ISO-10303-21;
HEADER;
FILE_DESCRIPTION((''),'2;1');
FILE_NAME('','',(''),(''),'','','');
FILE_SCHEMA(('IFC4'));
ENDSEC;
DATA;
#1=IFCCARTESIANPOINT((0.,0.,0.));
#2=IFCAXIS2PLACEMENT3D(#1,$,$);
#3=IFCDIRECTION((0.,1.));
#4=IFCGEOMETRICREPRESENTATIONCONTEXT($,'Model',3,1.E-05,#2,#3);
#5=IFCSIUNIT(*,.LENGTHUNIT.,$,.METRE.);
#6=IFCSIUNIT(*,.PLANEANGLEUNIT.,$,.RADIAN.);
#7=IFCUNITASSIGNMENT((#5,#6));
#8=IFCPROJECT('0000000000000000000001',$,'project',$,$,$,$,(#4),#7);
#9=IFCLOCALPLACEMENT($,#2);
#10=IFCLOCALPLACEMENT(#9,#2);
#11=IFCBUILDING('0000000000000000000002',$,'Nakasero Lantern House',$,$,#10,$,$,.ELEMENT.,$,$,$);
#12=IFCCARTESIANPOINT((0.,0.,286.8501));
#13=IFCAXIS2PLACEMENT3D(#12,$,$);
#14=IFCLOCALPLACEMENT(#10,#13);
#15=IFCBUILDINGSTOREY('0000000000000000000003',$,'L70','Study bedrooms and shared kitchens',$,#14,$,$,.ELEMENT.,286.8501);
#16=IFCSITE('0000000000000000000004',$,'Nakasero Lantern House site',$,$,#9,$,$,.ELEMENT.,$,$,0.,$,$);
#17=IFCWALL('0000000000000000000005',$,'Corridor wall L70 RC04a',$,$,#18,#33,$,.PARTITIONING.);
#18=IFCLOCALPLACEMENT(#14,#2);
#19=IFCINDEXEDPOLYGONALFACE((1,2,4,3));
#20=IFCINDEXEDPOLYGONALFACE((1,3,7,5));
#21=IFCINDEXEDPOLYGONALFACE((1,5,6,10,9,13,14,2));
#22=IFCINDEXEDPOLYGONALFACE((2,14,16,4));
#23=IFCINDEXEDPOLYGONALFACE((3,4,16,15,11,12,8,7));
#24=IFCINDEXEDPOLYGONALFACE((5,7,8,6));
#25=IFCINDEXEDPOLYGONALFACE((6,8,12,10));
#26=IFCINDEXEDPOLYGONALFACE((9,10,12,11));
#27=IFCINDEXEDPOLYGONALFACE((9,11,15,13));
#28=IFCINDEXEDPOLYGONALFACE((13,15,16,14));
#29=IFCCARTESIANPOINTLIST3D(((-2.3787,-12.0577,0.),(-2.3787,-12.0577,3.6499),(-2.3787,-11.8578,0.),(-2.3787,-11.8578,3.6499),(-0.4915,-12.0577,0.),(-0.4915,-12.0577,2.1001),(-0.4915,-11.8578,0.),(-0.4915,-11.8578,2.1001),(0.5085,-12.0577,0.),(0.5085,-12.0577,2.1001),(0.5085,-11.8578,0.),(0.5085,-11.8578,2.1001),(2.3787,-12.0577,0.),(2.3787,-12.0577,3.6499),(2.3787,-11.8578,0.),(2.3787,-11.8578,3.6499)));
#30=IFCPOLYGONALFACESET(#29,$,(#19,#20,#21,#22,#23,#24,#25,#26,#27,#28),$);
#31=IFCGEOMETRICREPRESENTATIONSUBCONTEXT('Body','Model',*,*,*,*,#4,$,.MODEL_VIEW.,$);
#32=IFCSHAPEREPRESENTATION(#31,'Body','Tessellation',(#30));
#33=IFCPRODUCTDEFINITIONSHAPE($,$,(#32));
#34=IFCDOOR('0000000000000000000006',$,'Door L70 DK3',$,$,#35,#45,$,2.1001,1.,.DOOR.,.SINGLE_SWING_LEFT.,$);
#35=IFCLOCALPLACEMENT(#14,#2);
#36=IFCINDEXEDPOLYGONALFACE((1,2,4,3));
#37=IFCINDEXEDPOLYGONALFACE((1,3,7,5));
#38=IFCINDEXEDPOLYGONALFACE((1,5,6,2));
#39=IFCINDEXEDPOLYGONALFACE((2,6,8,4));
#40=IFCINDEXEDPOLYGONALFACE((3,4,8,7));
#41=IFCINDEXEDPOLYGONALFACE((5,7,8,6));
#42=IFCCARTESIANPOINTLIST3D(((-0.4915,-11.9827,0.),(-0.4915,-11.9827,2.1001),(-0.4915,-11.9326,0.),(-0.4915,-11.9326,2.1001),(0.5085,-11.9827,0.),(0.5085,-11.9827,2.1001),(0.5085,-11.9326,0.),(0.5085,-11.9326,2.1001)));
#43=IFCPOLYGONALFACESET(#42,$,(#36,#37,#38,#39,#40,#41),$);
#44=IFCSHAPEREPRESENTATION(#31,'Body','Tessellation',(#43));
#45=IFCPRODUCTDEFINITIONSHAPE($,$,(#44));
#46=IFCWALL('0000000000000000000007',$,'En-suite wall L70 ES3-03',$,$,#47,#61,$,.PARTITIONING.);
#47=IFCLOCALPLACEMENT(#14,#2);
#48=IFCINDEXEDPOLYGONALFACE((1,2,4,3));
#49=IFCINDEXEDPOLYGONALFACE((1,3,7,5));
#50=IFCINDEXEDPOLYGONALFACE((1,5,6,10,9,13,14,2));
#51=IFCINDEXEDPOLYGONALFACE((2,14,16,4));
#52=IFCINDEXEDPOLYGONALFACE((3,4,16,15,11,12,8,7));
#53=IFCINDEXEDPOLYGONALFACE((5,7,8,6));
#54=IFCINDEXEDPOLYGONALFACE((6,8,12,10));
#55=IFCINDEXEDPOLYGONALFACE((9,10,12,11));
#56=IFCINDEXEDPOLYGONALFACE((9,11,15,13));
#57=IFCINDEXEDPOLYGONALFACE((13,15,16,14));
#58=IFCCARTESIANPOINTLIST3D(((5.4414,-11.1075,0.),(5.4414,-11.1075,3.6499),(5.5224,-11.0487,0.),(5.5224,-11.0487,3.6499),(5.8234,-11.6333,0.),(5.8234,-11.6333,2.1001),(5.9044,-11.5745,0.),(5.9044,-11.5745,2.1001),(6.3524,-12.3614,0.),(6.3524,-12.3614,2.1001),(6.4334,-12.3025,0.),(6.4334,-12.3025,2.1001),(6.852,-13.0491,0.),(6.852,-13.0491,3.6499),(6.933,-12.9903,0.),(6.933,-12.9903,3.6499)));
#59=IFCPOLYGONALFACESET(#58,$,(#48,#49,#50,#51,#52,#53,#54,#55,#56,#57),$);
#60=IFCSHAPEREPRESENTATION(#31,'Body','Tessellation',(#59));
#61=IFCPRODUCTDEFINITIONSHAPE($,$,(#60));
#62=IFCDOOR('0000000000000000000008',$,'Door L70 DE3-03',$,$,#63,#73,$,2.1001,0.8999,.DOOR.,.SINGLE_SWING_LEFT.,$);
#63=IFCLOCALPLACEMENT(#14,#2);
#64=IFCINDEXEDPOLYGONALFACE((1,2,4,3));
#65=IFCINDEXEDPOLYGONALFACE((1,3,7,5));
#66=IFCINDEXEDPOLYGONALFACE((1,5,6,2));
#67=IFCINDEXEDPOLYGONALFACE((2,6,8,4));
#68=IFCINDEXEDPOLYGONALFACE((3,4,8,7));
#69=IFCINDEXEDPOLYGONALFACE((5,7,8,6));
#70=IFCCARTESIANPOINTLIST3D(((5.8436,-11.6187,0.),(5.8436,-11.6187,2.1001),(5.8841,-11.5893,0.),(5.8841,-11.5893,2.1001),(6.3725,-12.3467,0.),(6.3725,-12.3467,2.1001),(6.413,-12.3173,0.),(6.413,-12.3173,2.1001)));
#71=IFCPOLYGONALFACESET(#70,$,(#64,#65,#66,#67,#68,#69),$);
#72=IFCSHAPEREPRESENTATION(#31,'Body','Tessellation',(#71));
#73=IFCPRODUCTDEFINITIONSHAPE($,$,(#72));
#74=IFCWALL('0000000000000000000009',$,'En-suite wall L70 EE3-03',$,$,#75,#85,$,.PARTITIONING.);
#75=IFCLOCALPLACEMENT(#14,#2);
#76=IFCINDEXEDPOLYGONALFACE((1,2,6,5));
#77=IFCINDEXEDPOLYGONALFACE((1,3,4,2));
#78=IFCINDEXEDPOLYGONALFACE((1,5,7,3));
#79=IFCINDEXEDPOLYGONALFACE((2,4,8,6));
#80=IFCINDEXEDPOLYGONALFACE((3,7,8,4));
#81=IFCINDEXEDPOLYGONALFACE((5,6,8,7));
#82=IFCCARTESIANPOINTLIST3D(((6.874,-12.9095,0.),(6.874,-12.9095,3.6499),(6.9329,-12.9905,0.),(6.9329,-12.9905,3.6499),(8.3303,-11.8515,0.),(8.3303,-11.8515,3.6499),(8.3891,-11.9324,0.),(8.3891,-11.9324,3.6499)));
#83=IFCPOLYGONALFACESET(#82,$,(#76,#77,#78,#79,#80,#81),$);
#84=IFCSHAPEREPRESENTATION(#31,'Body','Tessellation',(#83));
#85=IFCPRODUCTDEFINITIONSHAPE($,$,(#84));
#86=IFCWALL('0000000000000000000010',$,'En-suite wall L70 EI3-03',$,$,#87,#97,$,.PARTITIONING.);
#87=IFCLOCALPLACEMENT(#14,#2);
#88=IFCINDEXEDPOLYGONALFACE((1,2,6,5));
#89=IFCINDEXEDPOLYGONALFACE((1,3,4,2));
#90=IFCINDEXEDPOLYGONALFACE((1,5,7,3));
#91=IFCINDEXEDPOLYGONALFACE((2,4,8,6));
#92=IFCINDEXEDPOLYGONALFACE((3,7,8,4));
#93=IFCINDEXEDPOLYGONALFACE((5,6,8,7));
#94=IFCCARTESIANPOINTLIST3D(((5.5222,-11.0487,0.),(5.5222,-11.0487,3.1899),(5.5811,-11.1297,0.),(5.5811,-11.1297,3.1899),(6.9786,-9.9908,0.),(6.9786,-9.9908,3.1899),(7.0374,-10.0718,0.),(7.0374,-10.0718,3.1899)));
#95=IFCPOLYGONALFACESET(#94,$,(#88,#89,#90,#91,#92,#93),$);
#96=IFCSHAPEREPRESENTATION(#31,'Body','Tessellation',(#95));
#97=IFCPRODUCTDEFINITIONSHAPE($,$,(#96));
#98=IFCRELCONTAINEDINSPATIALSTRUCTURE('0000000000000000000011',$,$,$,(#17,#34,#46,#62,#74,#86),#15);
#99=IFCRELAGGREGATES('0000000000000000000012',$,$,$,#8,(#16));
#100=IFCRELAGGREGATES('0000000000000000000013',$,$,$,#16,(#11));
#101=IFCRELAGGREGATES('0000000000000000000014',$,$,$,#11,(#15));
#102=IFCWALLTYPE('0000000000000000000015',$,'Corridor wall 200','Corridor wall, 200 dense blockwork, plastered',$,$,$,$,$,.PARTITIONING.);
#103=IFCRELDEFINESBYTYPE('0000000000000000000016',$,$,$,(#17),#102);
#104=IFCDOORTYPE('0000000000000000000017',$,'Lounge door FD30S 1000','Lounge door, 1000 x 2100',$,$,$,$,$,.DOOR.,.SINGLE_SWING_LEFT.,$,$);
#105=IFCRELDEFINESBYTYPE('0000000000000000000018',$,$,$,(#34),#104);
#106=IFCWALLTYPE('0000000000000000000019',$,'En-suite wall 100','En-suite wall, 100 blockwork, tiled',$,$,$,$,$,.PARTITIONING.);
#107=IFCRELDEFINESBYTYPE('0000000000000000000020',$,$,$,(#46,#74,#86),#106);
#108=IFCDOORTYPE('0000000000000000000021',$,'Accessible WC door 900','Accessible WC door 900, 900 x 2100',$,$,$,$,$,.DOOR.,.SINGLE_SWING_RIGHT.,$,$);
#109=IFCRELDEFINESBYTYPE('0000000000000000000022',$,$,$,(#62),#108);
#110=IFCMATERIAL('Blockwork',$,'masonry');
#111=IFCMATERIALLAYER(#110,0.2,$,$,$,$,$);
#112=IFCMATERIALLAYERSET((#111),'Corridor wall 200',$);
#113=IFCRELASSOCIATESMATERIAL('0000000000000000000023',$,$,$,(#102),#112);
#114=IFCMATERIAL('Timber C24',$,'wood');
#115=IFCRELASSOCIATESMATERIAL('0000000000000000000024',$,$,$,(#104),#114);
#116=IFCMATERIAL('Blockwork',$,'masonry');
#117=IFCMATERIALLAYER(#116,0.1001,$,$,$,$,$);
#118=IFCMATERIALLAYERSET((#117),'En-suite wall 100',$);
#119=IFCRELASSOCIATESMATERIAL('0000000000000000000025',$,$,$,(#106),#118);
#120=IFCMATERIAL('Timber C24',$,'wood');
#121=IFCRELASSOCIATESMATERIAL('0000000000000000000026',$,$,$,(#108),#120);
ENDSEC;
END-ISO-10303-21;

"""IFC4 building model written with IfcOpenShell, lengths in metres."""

from ifc_helpers import new_model, si_unit, direction, frame, frame_2d, origin, place, context, subcontext, project, spatial, rectangle, extrude, material, layer, layer_set, type_object, element, fill, save


model = new_model("IFC4")

# Units and contexts
model_context = context("Model", 3, precision=1e-05, world=origin(), true_north=direction((0.0, 1.0)))
body_context = subcontext(model_context, "Body", "Model", "MODEL_VIEW")
ifc_project = project(units=[si_unit("LENGTHUNIT", "METRE"), si_unit("PLANEANGLEUNIT", "RADIAN")], contexts=[model_context])

# Site, building, storey
site_placement = place(None, origin())
site = spatial("IfcSite", under=ifc_project, at=site_placement, Name="Nakasero Lantern House site", CompositionType="ELEMENT", RefElevation=0.0)
building_placement = place(site_placement, origin())
building = spatial("IfcBuilding", under=site, at=building_placement, Name="Nakasero Lantern House", CompositionType="ELEMENT")
storey_placement = place(building_placement, frame((0.0, 0.0, 286.8501)))
storey = spatial("IfcBuildingStorey", under=building, at=storey_placement, Name="L70", Description="Study bedrooms and shared kitchens", CompositionType="ELEMENT", Elevation=286.8501)

# Walls, openings, doors
ifc_material_1 = material(Name="Blockwork", Category="masonry")
ifc_layer_1 = layer(ifc_material_1, 0.2)
ifc_layer_set_1 = layer_set([ifc_layer_1], Name="Corridor wall 200")
wall_type_1 = type_object("IfcWallType", Name="Corridor wall 200", Description="Corridor wall, 200 dense blockwork, plastered", PredefinedType="PARTITIONING", material=ifc_layer_set_1)
wall_1_placement = place(storey_placement, frame((2.3787, -11.9578, 0.0), z_axis=(0.0, 0.0, 1.0), x_axis=(-1.0, 0.0, 0.0)))
wall_1 = element("IfcWall", 1, at=wall_1_placement, inside=storey, type_object=wall_type_1, Name="Corridor wall L70 RC04a", PredefinedType="PARTITIONING", context=body_context, shape_type="SweptSolid", body=[
    extrude(rectangle(XDim=4.7573, YDim=0.2, at=frame_2d((2.3787, 0.0))), origin(), (0.0, 0.0, 1.0), 3.6499),
])
opening_1_placement = place(wall_1_placement, frame((1.8701, 0.0, 0.0)))
opening_1 = element("IfcOpeningElement", 2, at=opening_1_placement, cuts=wall_1, PredefinedType="OPENING", context=body_context, shape_type="SweptSolid", body=[
    extrude(rectangle(XDim=1.0, YDim=2.1001, at=frame_2d((0.5, 1.05))), frame((0.0, 0.1199, 0.0), z_axis=(0.0, -1.0, 0.0), x_axis=(1.0, 0.0, 0.0)), (0.0, 0.0, 1.0), 0.24),
])
ifc_material_2 = material(Name="Timber C24", Category="wood")
door_type_1 = type_object("IfcDoorType", Name="Lounge door FD30S 1000", Description="Lounge door, 1000 x 2100", OperationType="SINGLE_SWING_LEFT", PredefinedType="DOOR", material=ifc_material_2)
door_1_placement = place(opening_1_placement, origin())
door_1 = element("IfcDoor", 3, at=door_1_placement, inside=storey, type_object=door_type_1, Name="Door L70 DK3", OperationType="SINGLE_SWING_LEFT", OverallHeight=2.1001, OverallWidth=1.0, PredefinedType="DOOR", context=body_context, shape_type="SweptSolid", body=[
    extrude(rectangle(XDim=1.0, YDim=2.1001, at=frame_2d((0.5, 1.05))), frame((0.0, 0.0249, 0.0), z_axis=(0.0, -1.0, 0.0), x_axis=(1.0, 0.0, 0.0)), (0.0, 0.0, 1.0), 0.05),
])
fill(opening_1, door_1)
ifc_material_3 = material(Name="Blockwork", Category="masonry")
ifc_layer_2 = layer(ifc_material_3, 0.1001)
ifc_layer_set_2 = layer_set([ifc_layer_2], Name="En-suite wall 100")
wall_type_2 = type_object("IfcWallType", Name="En-suite wall 100", Description="En-suite wall, 100 blockwork, tiled", PredefinedType="PARTITIONING", material=ifc_layer_set_2)
wall_2_placement = place(storey_placement, frame((5.4819, -11.0781, 0.0), z_axis=(0.0, 0.0, 1.0), x_axis=(0.587772, -0.809026, 0.0)))
wall_2 = element("IfcWall", 4, at=wall_2_placement, inside=storey, type_object=wall_type_2, Name="En-suite wall L70 ES3-03", PredefinedType="PARTITIONING", context=body_context, shape_type="SweptSolid", body=[
    extrude(rectangle(XDim=2.3999, YDim=0.1001, at=frame_2d((1.2, 0.0))), origin(), (0.0, 0.0, 1.0), 3.6499),
])
opening_2_placement = place(wall_2_placement, frame((0.6499, 0.0, 0.0)))
opening_2 = element("IfcOpeningElement", 5, at=opening_2_placement, cuts=wall_2, PredefinedType="OPENING", context=body_context, shape_type="SweptSolid", body=[
    extrude(rectangle(XDim=0.8999, YDim=2.1001, at=frame_2d((0.45, 1.05))), frame((0.0, 0.0701, 0.0), z_axis=(0.0, -1.0, 0.0), x_axis=(1.0, 0.0, 0.0)), (0.0, 0.0, 1.0), 0.1401),
])
ifc_material_4 = material(Name="Timber C24", Category="wood")
door_type_2 = type_object("IfcDoorType", Name="Accessible WC door 900", Description="Accessible WC door 900, 900 x 2100", OperationType="SINGLE_SWING_RIGHT", PredefinedType="DOOR", material=ifc_material_4)
door_2_placement = place(opening_2_placement, origin())
door_2 = element("IfcDoor", 6, at=door_2_placement, inside=storey, type_object=door_type_2, Name="Door L70 DE3-03", OperationType="SINGLE_SWING_LEFT", OverallHeight=2.1001, OverallWidth=0.8999, PredefinedType="DOOR", context=body_context, shape_type="SweptSolid", body=[
    extrude(rectangle(XDim=0.8999, YDim=2.1001, at=frame_2d((0.45, 1.05))), frame((0.0, 0.0249, 0.0), z_axis=(0.0, -1.0, 0.0), x_axis=(1.0, 0.0, 0.0)), (0.0, 0.0, 1.0), 0.05),
])
fill(opening_2, door_2)

# Walls
wall_3_placement = place(storey_placement, frame((6.9036, -12.95, 0.0), z_axis=(0.0, 0.0, 1.0), x_axis=(0.809006, 0.587801, 0.0)))
element("IfcWall", 7, at=wall_3_placement, inside=storey, type_object=wall_type_2, Name="En-suite wall L70 EE3-03", PredefinedType="PARTITIONING", context=body_context, shape_type="SweptSolid", body=[
    extrude(rectangle(XDim=1.8, YDim=0.1001, at=frame_2d((0.8999, 0.0))), origin(), (0.0, 0.0, 1.0), 3.6499),
])
wall_4_placement = place(storey_placement, frame((5.5518, -11.0891, 0.0), z_axis=(0.0, 0.0, 1.0), x_axis=(0.80907, 0.587712, 0.0)))
element("IfcWall", 8, at=wall_4_placement, inside=storey, type_object=wall_type_2, Name="En-suite wall L70 EI3-03", PredefinedType="PARTITIONING", context=body_context, shape_type="SweptSolid", body=[
    extrude(rectangle(XDim=1.8, YDim=0.1001, at=frame_2d((0.8999, 0.0))), origin(), (0.0, 0.0, 1.0), 3.1899),
])

save(model, "model.ifc")
